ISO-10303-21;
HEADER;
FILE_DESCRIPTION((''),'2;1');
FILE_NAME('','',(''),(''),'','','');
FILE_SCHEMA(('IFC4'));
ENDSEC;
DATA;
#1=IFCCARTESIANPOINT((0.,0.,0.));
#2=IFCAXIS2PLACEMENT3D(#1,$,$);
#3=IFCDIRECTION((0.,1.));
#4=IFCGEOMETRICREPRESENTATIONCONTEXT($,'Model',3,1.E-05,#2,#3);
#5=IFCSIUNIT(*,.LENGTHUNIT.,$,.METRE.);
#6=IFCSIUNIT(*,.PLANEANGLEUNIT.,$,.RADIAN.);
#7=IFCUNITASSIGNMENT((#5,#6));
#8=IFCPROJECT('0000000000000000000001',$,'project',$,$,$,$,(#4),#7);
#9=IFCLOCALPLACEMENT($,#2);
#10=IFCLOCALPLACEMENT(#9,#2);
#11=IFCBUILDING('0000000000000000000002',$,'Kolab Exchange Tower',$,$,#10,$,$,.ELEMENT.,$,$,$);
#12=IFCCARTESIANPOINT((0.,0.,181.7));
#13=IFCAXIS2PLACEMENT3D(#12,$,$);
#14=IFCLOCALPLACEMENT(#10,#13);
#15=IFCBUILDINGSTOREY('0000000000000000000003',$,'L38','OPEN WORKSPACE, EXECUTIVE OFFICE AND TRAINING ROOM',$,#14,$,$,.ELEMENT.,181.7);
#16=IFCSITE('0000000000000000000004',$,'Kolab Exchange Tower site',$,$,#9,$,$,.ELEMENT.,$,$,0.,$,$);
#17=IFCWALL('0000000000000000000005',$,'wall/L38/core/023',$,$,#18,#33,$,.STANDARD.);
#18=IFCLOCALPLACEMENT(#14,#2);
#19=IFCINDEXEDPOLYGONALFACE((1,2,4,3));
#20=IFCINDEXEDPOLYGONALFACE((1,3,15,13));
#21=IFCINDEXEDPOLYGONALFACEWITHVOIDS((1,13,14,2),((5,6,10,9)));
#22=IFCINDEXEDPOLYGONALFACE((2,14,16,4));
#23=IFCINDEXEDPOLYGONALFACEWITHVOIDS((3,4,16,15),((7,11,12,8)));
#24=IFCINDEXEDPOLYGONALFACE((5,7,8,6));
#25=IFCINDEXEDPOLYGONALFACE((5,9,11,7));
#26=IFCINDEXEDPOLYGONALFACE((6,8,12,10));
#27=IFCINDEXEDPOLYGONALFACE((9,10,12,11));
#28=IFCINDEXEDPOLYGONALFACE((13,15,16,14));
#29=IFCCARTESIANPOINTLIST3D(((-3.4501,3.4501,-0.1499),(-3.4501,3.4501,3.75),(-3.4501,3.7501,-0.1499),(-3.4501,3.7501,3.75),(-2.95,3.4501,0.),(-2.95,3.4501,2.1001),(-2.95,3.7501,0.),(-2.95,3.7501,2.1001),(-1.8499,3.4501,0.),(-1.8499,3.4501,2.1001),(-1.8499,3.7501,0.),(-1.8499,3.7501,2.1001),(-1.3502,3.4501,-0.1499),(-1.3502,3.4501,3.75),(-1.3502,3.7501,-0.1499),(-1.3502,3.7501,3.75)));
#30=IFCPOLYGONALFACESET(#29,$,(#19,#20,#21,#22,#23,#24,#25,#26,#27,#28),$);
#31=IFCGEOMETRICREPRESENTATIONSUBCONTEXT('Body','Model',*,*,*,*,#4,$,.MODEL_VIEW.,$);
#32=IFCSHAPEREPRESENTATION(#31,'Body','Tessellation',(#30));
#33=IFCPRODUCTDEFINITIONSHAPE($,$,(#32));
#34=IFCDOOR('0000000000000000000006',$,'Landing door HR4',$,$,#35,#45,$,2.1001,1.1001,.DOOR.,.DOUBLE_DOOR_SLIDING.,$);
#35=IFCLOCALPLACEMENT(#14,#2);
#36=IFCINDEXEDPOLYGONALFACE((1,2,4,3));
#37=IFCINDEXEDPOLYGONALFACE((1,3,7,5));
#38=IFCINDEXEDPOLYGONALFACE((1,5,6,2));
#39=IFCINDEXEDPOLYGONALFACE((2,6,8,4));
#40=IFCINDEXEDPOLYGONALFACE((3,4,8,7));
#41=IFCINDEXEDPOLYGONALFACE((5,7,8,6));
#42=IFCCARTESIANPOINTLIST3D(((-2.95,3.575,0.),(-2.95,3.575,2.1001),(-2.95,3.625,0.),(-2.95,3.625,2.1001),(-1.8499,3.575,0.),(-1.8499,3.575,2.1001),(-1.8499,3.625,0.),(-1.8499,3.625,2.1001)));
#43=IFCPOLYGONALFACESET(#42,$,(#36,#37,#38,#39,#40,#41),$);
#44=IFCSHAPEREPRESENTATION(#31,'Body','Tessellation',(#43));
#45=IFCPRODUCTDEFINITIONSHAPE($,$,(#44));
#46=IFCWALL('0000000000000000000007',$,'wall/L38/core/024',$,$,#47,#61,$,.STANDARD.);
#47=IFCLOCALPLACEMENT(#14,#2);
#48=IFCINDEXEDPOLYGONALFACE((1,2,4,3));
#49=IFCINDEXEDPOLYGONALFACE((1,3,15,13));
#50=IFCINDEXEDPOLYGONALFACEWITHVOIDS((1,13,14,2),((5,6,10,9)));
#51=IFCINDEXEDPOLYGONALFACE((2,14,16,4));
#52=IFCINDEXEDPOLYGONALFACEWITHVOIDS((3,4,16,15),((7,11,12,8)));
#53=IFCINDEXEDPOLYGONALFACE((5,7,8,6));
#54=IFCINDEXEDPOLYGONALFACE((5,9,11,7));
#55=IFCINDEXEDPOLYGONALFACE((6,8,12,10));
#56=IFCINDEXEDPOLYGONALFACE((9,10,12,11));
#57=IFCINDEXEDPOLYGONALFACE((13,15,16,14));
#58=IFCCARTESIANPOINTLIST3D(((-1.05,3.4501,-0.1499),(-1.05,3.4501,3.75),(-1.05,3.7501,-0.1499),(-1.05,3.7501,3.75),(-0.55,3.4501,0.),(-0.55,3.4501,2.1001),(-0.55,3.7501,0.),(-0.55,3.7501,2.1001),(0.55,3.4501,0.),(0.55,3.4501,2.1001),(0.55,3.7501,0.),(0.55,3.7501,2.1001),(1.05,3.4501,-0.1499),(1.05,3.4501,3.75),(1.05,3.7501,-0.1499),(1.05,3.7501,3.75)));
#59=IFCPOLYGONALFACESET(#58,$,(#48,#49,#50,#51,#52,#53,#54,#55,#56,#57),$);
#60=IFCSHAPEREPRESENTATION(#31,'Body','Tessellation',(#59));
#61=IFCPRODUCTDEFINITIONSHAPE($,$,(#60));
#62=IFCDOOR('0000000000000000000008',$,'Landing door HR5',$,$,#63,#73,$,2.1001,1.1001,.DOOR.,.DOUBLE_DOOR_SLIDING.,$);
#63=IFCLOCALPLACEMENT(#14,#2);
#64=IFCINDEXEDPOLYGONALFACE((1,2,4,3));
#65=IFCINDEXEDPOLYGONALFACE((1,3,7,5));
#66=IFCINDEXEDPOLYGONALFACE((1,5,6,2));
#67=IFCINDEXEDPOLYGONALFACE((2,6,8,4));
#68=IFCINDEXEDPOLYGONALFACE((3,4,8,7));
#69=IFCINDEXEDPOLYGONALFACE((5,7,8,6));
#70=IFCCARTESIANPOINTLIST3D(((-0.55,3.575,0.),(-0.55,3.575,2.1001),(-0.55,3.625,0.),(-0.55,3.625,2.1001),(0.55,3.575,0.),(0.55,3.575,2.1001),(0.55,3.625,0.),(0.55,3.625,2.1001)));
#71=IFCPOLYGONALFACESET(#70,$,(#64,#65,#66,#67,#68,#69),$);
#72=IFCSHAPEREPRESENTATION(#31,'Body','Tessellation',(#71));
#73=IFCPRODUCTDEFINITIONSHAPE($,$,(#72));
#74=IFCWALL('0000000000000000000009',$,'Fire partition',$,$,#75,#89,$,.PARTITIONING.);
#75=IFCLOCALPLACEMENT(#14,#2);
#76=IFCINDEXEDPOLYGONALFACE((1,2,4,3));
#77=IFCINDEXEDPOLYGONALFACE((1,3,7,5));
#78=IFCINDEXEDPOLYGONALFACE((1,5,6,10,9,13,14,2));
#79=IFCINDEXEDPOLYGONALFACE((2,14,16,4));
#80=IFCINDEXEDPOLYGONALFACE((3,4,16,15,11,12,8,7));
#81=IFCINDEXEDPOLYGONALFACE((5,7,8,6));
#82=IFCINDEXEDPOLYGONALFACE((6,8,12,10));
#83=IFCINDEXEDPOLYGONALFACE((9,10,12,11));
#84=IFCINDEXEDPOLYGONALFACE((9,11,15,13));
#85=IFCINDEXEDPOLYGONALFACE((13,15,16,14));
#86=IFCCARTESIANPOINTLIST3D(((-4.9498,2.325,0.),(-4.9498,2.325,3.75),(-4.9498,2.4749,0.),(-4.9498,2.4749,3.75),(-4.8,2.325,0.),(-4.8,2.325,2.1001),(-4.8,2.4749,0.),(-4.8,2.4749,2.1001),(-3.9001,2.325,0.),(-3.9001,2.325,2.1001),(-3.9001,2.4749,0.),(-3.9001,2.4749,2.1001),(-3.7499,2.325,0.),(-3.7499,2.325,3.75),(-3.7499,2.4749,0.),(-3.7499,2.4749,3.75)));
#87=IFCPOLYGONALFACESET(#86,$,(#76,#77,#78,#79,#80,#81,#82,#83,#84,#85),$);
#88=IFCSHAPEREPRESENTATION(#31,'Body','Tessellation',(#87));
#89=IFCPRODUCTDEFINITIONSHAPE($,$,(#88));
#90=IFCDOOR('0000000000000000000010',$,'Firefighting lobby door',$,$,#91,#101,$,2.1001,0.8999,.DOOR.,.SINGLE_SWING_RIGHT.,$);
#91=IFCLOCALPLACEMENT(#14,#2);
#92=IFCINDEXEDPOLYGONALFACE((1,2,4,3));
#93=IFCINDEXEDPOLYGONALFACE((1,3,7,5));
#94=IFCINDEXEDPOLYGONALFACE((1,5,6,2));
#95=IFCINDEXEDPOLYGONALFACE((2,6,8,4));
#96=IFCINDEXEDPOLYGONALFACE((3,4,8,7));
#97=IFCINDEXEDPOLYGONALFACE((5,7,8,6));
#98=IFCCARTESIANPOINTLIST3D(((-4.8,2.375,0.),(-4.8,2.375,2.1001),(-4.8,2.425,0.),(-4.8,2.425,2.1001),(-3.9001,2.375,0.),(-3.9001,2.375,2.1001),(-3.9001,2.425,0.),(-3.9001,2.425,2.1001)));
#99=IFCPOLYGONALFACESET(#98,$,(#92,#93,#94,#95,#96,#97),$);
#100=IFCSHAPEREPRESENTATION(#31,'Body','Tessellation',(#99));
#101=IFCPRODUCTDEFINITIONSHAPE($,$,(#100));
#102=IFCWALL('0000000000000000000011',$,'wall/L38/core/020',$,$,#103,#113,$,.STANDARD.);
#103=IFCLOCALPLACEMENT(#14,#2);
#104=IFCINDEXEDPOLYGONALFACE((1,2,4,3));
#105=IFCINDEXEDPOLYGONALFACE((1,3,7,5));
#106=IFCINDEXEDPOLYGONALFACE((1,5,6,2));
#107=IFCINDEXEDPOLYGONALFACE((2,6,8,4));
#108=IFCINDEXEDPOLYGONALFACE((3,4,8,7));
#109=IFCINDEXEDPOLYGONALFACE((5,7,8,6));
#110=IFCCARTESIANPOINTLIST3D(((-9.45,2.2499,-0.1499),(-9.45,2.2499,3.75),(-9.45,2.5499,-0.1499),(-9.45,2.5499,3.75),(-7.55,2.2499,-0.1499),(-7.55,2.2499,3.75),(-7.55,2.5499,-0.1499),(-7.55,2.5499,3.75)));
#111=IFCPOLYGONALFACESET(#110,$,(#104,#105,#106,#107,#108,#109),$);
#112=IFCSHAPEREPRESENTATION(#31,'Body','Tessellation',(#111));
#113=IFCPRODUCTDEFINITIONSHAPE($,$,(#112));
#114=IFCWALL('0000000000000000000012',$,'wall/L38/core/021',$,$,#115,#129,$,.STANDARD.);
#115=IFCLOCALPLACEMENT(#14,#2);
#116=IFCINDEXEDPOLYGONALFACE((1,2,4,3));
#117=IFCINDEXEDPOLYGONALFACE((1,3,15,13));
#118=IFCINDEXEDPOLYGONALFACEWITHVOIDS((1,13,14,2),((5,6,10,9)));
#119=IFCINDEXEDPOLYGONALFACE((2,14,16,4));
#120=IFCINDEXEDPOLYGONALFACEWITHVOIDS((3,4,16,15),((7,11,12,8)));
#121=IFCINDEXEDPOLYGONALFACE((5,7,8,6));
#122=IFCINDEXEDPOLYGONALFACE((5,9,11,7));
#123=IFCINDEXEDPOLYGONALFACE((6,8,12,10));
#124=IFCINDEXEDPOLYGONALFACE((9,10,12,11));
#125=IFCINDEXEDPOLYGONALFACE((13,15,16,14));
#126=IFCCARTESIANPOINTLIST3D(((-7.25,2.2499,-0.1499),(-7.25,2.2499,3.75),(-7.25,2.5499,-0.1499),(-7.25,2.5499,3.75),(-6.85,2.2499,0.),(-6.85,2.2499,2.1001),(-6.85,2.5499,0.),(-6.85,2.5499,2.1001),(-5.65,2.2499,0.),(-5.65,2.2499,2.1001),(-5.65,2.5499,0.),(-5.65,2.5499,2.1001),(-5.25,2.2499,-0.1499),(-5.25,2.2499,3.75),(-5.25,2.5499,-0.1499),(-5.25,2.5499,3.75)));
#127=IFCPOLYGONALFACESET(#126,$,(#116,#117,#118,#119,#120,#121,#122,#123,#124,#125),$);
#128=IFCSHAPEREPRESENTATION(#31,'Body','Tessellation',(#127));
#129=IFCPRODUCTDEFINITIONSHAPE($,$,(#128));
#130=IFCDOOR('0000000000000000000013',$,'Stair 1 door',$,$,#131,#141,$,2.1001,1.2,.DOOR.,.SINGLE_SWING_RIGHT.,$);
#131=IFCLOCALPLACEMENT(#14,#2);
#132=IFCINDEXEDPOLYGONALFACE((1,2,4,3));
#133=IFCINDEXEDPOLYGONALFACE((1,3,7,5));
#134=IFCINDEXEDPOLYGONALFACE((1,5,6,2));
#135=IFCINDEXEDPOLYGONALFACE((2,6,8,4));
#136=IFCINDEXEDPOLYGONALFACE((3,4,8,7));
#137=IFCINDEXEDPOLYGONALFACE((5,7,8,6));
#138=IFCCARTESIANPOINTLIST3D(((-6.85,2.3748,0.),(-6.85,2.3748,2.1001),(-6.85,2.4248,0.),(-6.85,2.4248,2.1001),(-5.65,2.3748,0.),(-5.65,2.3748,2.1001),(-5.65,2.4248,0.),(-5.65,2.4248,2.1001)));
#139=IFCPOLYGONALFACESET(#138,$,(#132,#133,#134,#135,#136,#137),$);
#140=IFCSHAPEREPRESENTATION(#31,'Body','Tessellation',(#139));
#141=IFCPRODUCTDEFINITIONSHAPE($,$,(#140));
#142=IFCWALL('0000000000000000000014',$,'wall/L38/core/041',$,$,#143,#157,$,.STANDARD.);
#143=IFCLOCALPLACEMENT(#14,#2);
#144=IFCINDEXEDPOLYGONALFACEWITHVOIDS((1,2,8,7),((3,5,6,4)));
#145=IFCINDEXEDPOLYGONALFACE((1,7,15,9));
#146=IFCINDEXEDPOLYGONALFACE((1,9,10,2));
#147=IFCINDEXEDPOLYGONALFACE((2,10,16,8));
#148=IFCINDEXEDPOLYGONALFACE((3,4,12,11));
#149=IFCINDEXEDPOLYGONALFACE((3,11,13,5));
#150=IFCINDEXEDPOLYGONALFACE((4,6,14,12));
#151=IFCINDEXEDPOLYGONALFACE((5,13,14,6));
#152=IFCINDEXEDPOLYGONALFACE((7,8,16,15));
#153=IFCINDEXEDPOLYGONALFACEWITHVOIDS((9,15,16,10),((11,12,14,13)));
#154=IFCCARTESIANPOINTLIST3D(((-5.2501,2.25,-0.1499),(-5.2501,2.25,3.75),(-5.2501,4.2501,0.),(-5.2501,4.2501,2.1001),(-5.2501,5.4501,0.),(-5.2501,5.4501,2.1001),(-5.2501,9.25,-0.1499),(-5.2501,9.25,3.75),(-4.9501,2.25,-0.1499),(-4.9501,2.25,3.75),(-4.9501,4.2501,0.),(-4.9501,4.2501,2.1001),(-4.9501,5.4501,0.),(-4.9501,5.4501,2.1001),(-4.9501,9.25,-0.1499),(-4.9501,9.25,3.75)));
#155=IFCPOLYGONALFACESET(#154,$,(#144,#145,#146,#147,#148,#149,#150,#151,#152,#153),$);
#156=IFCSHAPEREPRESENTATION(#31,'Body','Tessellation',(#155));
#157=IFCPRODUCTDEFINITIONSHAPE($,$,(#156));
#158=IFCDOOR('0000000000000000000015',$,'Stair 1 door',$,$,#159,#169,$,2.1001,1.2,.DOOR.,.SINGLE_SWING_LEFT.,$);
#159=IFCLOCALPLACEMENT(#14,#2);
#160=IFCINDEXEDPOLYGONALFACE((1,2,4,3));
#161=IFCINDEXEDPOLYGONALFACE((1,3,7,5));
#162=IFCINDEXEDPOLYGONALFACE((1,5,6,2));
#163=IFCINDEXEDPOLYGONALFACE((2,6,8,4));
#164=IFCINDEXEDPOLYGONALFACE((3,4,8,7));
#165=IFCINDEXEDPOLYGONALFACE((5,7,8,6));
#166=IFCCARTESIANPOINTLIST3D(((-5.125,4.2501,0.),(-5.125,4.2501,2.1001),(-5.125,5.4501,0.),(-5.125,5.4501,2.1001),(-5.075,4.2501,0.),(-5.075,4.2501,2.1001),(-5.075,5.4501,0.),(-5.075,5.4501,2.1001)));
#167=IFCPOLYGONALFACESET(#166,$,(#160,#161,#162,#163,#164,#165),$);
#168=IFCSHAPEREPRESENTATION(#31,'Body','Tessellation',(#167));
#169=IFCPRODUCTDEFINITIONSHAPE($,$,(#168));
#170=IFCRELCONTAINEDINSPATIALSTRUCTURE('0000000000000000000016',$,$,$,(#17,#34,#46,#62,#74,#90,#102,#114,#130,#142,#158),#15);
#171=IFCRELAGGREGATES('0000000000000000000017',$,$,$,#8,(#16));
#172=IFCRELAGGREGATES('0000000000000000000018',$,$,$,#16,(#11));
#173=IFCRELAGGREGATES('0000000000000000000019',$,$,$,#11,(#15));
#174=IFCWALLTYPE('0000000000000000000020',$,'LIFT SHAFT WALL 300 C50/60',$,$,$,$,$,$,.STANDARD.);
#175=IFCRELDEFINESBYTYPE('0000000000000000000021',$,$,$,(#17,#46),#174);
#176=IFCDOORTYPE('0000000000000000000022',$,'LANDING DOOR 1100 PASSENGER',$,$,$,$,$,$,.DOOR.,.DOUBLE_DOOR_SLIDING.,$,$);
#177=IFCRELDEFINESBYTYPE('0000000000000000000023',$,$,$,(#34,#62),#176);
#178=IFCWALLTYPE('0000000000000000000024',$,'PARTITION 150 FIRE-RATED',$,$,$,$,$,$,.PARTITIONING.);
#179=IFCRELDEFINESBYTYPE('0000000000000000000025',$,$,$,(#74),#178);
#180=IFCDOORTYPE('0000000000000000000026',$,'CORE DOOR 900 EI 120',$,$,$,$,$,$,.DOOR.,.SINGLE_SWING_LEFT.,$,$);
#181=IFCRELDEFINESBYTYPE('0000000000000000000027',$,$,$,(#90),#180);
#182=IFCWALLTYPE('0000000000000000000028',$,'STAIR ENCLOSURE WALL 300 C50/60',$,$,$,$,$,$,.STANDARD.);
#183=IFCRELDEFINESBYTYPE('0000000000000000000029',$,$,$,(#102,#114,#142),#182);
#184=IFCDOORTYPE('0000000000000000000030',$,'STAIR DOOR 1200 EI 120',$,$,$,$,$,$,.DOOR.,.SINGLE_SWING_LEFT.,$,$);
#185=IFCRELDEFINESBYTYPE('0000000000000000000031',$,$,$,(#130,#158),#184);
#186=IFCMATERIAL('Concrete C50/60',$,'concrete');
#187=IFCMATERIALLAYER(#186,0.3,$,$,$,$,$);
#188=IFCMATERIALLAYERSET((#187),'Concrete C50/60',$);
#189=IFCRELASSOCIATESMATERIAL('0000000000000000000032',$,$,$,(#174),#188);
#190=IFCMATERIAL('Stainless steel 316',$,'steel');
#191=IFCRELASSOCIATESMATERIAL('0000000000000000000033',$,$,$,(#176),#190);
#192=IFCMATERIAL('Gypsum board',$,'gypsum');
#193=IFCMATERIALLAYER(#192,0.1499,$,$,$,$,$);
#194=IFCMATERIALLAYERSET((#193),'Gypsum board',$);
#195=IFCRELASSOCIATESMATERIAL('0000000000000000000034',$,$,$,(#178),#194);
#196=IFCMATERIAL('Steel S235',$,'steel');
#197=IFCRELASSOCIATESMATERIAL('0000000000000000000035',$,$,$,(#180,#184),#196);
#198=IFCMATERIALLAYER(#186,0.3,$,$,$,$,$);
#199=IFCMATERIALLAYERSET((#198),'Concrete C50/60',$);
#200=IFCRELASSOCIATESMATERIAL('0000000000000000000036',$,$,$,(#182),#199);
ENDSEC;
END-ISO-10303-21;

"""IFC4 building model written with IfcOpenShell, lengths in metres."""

from ifc_helpers import new_model, si_unit, direction, frame, frame_2d, origin, place, context, subcontext, project, spatial, rectangle, extrude, material, layer, layer_set, type_object, element, fill, save


model = new_model("IFC4")

# Units and contexts
model_context = context("Model", 3, precision=1e-05, world=origin(), true_north=direction((0.0, 1.0)))
body_context = subcontext(model_context, "Body", "Model", "MODEL_VIEW")
ifc_project = project(units=[si_unit("LENGTHUNIT", "METRE"), si_unit("PLANEANGLEUNIT", "RADIAN")], contexts=[model_context])

# Site, building, storey
site_placement = place(None, origin())
site = spatial("IfcSite", under=ifc_project, at=site_placement, Name="Kolab Exchange Tower site", CompositionType="ELEMENT", RefElevation=0.0)
building_placement = place(site_placement, origin())
building = spatial("IfcBuilding", under=site, at=building_placement, Name="Kolab Exchange Tower", CompositionType="ELEMENT")
storey_placement = place(building_placement, frame((0.0, 0.0, 181.7)))
storey = spatial("IfcBuildingStorey", under=building, at=storey_placement, Name="L38", Description="OPEN WORKSPACE, EXECUTIVE OFFICE AND TRAINING ROOM", CompositionType="ELEMENT", Elevation=181.7)

# Shared definitions
ifc_material_1 = material(Name="Concrete C50/60", Category="concrete")

# Walls, openings, doors
ifc_layer_1 = layer(ifc_material_1, 0.3)
ifc_layer_set_1 = layer_set([ifc_layer_1], Name="Concrete C50/60")
wall_type_1 = type_object("IfcWallType", Name="LIFT SHAFT WALL 300 C50/60", PredefinedType="STANDARD", material=ifc_layer_set_1)
wall_1_placement = place(storey_placement, frame((-3.45, 3.6001, -0.1499), z_axis=(0.0, 0.0, 1.0), x_axis=(1.0, 0.0, 0.0)))
wall_1 = element("IfcWall", 1, at=wall_1_placement, inside=storey, type_object=wall_type_1, Name="wall/L38/core/023", PredefinedType="STANDARD", context=body_context, shape_type="SweptSolid", body=[
    extrude(rectangle(XDim=2.0999, YDim=0.3, at=frame_2d((1.0498, 0.0))), origin(), (0.0, 0.0, 1.0), 3.8999),
])
opening_1_placement = place(wall_1_placement, frame((0.5, 0.0, 0.1499)))
opening_1 = element("IfcOpeningElement", 2, at=opening_1_placement, cuts=wall_1, PredefinedType="OPENING", context=body_context, shape_type="SweptSolid", body=[
    extrude(rectangle(XDim=1.1001, YDim=2.1001, at=frame_2d((0.55, 1.05))), frame((0.0, 0.1602, 0.0), z_axis=(0.0, -1.0, 0.0), x_axis=(1.0, 0.0, 0.0)), (0.0, 0.0, 1.0), 0.3201),
])
ifc_material_2 = material(Name="Stainless steel 316", Category="steel")
door_type_1 = type_object("IfcDoorType", Name="LANDING DOOR 1100 PASSENGER", OperationType="DOUBLE_DOOR_SLIDING", PredefinedType="DOOR", material=ifc_material_2)
door_1_placement = place(opening_1_placement, origin())
door_1 = element("IfcDoor", 3, at=door_1_placement, inside=storey, type_object=door_type_1, Name="Landing door HR4", OperationType="DOUBLE_DOOR_SLIDING", OverallHeight=2.1001, OverallWidth=1.1001, PredefinedType="DOOR", context=body_context, shape_type="SweptSolid", body=[
    extrude(rectangle(XDim=1.1001, YDim=2.1001, at=frame_2d((0.55, 1.05))), frame((0.0, 0.0249, 0.0), z_axis=(0.0, -1.0, 0.0), x_axis=(1.0, 0.0, 0.0)), (0.0, 0.0, 1.0), 0.05),
])
fill(opening_1, door_1)
wall_2_placement = place(storey_placement, frame((-1.05, 3.6001, -0.1499), z_axis=(0.0, 0.0, 1.0), x_axis=(1.0, 0.0, 0.0)))
wall_2 = element("IfcWall", 4, at=wall_2_placement, inside=storey, type_object=wall_type_1, Name="wall/L38/core/024", PredefinedType="STANDARD", context=body_context, shape_type="SweptSolid", body=[
    extrude(rectangle(XDim=2.1001, YDim=0.3, at=frame_2d((1.05, 0.0))), origin(), (0.0, 0.0, 1.0), 3.8999),
])
opening_2_placement = place(wall_2_placement, frame((0.5, 0.0, 0.1499)))
opening_2 = element("IfcOpeningElement", 5, at=opening_2_placement, cuts=wall_2, PredefinedType="OPENING", context=body_context, shape_type="SweptSolid", body=[
    extrude(rectangle(XDim=1.1001, YDim=2.1001, at=frame_2d((0.55, 1.05))), frame((0.0, 0.1602, 0.0), z_axis=(0.0, -1.0, 0.0), x_axis=(1.0, 0.0, 0.0)), (0.0, 0.0, 1.0), 0.3201),
])
door_2_placement = place(opening_2_placement, origin())
door_2 = element("IfcDoor", 6, at=door_2_placement, inside=storey, type_object=door_type_1, Name="Landing door HR5", OperationType="DOUBLE_DOOR_SLIDING", OverallHeight=2.1001, OverallWidth=1.1001, PredefinedType="DOOR", context=body_context, shape_type="SweptSolid", body=[
    extrude(rectangle(XDim=1.1001, YDim=2.1001, at=frame_2d((0.55, 1.05))), frame((0.0, 0.0249, 0.0), z_axis=(0.0, -1.0, 0.0), x_axis=(1.0, 0.0, 0.0)), (0.0, 0.0, 1.0), 0.05),
])
fill(opening_2, door_2)
ifc_material_3 = material(Name="Gypsum board", Category="gypsum")
ifc_layer_2 = layer(ifc_material_3, 0.1499)
ifc_layer_set_2 = layer_set([ifc_layer_2], Name="Gypsum board")
wall_type_2 = type_object("IfcWallType", Name="PARTITION 150 FIRE-RATED", PredefinedType="PARTITIONING", material=ifc_layer_set_2)
wall_3_placement = place(storey_placement, frame((-4.95, 2.3999, 0.0), z_axis=(0.0, 0.0, 1.0), x_axis=(1.0, 0.0, 0.0)))
wall_3 = element("IfcWall", 7, at=wall_3_placement, inside=storey, type_object=wall_type_2, Name="Fire partition", PredefinedType="PARTITIONING", context=body_context, shape_type="SweptSolid", body=[
    extrude(rectangle(XDim=1.2, YDim=0.1499, at=frame_2d((0.6001, 0.0))), origin(), (0.0, 0.0, 1.0), 3.75),
])
opening_3_placement = place(wall_3_placement, frame((0.1499, 0.0, 0.0)))
opening_3 = element("IfcOpeningElement", 8, at=opening_3_placement, cuts=wall_3, PredefinedType="OPENING", context=body_context, shape_type="SweptSolid", body=[
    extrude(rectangle(XDim=0.8999, YDim=2.1001, at=frame_2d((0.45, 1.05))), frame((0.0, 0.085, 0.0), z_axis=(0.0, -1.0, 0.0), x_axis=(1.0, 0.0, 0.0)), (0.0, 0.0, 1.0), 0.1699),
])
ifc_material_4 = material(Name="Steel S235", Category="steel")
door_type_2 = type_object("IfcDoorType", Name="CORE DOOR 900 EI 120", OperationType="SINGLE_SWING_LEFT", PredefinedType="DOOR", material=ifc_material_4)
door_3_placement = place(opening_3_placement, frame((0.8999, 0.0, 0.0), z_axis=(0.0, 0.0, 1.0), x_axis=(-1.0, 0.0, 0.0)))
door_3 = element("IfcDoor", 9, at=door_3_placement, inside=storey, type_object=door_type_2, Name="Firefighting lobby door", OperationType="SINGLE_SWING_RIGHT", OverallHeight=2.1001, OverallWidth=0.8999, PredefinedType="DOOR", context=body_context, shape_type="SweptSolid", body=[
    extrude(rectangle(XDim=0.8999, YDim=2.1001, at=frame_2d((0.45, 1.05))), frame((0.0, 0.0249, 0.0), z_axis=(0.0, -1.0, 0.0), x_axis=(1.0, 0.0, 0.0)), (0.0, 0.0, 1.0), 0.05),
])
fill(opening_3, door_3)

# Wall
ifc_layer_3 = layer(ifc_material_1, 0.3)
ifc_layer_set_3 = layer_set([ifc_layer_3], Name="Concrete C50/60")
wall_type_3 = type_object("IfcWallType", Name="STAIR ENCLOSURE WALL 300 C50/60", PredefinedType="STANDARD", material=ifc_layer_set_3)
wall_4_placement = place(storey_placement, frame((-9.45, 2.3999, -0.1499), z_axis=(0.0, 0.0, 1.0), x_axis=(1.0, 0.0, 0.0)))
element("IfcWall", 10, at=wall_4_placement, inside=storey, type_object=wall_type_3, Name="wall/L38/core/020", PredefinedType="STANDARD", context=body_context, shape_type="SweptSolid", body=[
    extrude(rectangle(XDim=1.8999, YDim=0.3, at=frame_2d((0.95, 0.0))), origin(), (0.0, 0.0, 1.0), 3.8999),
])

# Walls, openings, doors
wall_5_placement = place(storey_placement, frame((-7.25, 2.3999, -0.1499), z_axis=(0.0, 0.0, 1.0), x_axis=(1.0, 0.0, 0.0)))
wall_5 = element("IfcWall", 11, at=wall_5_placement, inside=storey, type_object=wall_type_3, Name="wall/L38/core/021", PredefinedType="STANDARD", context=body_context, shape_type="SweptSolid", body=[
    extrude(rectangle(XDim=2.0, YDim=0.3, at=frame_2d((1.0, 0.0))), origin(), (0.0, 0.0, 1.0), 3.8999),
])
opening_4_placement = place(wall_5_placement, frame((0.3999, 0.0, 0.1499)))
opening_4 = element("IfcOpeningElement", 12, at=opening_4_placement, cuts=wall_5, PredefinedType="OPENING", context=body_context, shape_type="SweptSolid", body=[
    extrude(rectangle(XDim=1.2, YDim=2.1001, at=frame_2d((0.6001, 1.05))), frame((0.0, 0.1602, 0.0), z_axis=(0.0, -1.0, 0.0), x_axis=(1.0, 0.0, 0.0)), (0.0, 0.0, 1.0), 0.3201),
])
door_type_3 = type_object("IfcDoorType", Name="STAIR DOOR 1200 EI 120", OperationType="SINGLE_SWING_LEFT", PredefinedType="DOOR", material=ifc_material_4)
door_4_placement = place(opening_4_placement, origin())
door_4 = element("IfcDoor", 13, at=door_4_placement, inside=storey, type_object=door_type_3, Name="Stair 1 door", OperationType="SINGLE_SWING_RIGHT", OverallHeight=2.1001, OverallWidth=1.2, PredefinedType="DOOR", context=body_context, shape_type="SweptSolid", body=[
    extrude(rectangle(XDim=1.2, YDim=2.1001, at=frame_2d((0.6001, 1.05))), frame((0.0, 0.0249, 0.0), z_axis=(0.0, -1.0, 0.0), x_axis=(1.0, 0.0, 0.0)), (0.0, 0.0, 1.0), 0.05),
])
fill(opening_4, door_4)
wall_6_placement = place(storey_placement, frame((-5.1001, 2.25, -0.1499), z_axis=(0.0, 0.0, 1.0), x_axis=(0.0, 1.0, 0.0)))
wall_6 = element("IfcWall", 14, at=wall_6_placement, inside=storey, type_object=wall_type_3, Name="wall/L38/core/041", PredefinedType="STANDARD", context=body_context, shape_type="SweptSolid", body=[
    extrude(rectangle(XDim=7.0, YDim=0.3, at=frame_2d((3.5, 0.0))), origin(), (0.0, 0.0, 1.0), 3.8999),
])
opening_5_placement = place(wall_6_placement, frame((2.0, 0.0, 0.1499)))
opening_5 = element("IfcOpeningElement", 15, at=opening_5_placement, cuts=wall_6, PredefinedType="OPENING", context=body_context, shape_type="SweptSolid", body=[
    extrude(rectangle(XDim=1.2, YDim=2.1001, at=frame_2d((0.6001, 1.05))), frame((0.0, 0.1602, 0.0), z_axis=(0.0, -1.0, 0.0), x_axis=(1.0, 0.0, 0.0)), (0.0, 0.0, 1.0), 0.3201),
])
door_5_placement = place(opening_5_placement, origin())
door_5 = element("IfcDoor", 16, at=door_5_placement, inside=storey, type_object=door_type_3, Name="Stair 1 door", OperationType="SINGLE_SWING_LEFT", OverallHeight=2.1001, OverallWidth=1.2, PredefinedType="DOOR", context=body_context, shape_type="SweptSolid", body=[
    extrude(rectangle(XDim=1.2, YDim=2.1001, at=frame_2d((0.6001, 1.05))), frame((0.0, 0.0249, 0.0), z_axis=(0.0, -1.0, 0.0), x_axis=(1.0, 0.0, 0.0)), (0.0, 0.0, 1.0), 0.05),
])
fill(opening_5, door_5)

save(model, "model.ifc")
